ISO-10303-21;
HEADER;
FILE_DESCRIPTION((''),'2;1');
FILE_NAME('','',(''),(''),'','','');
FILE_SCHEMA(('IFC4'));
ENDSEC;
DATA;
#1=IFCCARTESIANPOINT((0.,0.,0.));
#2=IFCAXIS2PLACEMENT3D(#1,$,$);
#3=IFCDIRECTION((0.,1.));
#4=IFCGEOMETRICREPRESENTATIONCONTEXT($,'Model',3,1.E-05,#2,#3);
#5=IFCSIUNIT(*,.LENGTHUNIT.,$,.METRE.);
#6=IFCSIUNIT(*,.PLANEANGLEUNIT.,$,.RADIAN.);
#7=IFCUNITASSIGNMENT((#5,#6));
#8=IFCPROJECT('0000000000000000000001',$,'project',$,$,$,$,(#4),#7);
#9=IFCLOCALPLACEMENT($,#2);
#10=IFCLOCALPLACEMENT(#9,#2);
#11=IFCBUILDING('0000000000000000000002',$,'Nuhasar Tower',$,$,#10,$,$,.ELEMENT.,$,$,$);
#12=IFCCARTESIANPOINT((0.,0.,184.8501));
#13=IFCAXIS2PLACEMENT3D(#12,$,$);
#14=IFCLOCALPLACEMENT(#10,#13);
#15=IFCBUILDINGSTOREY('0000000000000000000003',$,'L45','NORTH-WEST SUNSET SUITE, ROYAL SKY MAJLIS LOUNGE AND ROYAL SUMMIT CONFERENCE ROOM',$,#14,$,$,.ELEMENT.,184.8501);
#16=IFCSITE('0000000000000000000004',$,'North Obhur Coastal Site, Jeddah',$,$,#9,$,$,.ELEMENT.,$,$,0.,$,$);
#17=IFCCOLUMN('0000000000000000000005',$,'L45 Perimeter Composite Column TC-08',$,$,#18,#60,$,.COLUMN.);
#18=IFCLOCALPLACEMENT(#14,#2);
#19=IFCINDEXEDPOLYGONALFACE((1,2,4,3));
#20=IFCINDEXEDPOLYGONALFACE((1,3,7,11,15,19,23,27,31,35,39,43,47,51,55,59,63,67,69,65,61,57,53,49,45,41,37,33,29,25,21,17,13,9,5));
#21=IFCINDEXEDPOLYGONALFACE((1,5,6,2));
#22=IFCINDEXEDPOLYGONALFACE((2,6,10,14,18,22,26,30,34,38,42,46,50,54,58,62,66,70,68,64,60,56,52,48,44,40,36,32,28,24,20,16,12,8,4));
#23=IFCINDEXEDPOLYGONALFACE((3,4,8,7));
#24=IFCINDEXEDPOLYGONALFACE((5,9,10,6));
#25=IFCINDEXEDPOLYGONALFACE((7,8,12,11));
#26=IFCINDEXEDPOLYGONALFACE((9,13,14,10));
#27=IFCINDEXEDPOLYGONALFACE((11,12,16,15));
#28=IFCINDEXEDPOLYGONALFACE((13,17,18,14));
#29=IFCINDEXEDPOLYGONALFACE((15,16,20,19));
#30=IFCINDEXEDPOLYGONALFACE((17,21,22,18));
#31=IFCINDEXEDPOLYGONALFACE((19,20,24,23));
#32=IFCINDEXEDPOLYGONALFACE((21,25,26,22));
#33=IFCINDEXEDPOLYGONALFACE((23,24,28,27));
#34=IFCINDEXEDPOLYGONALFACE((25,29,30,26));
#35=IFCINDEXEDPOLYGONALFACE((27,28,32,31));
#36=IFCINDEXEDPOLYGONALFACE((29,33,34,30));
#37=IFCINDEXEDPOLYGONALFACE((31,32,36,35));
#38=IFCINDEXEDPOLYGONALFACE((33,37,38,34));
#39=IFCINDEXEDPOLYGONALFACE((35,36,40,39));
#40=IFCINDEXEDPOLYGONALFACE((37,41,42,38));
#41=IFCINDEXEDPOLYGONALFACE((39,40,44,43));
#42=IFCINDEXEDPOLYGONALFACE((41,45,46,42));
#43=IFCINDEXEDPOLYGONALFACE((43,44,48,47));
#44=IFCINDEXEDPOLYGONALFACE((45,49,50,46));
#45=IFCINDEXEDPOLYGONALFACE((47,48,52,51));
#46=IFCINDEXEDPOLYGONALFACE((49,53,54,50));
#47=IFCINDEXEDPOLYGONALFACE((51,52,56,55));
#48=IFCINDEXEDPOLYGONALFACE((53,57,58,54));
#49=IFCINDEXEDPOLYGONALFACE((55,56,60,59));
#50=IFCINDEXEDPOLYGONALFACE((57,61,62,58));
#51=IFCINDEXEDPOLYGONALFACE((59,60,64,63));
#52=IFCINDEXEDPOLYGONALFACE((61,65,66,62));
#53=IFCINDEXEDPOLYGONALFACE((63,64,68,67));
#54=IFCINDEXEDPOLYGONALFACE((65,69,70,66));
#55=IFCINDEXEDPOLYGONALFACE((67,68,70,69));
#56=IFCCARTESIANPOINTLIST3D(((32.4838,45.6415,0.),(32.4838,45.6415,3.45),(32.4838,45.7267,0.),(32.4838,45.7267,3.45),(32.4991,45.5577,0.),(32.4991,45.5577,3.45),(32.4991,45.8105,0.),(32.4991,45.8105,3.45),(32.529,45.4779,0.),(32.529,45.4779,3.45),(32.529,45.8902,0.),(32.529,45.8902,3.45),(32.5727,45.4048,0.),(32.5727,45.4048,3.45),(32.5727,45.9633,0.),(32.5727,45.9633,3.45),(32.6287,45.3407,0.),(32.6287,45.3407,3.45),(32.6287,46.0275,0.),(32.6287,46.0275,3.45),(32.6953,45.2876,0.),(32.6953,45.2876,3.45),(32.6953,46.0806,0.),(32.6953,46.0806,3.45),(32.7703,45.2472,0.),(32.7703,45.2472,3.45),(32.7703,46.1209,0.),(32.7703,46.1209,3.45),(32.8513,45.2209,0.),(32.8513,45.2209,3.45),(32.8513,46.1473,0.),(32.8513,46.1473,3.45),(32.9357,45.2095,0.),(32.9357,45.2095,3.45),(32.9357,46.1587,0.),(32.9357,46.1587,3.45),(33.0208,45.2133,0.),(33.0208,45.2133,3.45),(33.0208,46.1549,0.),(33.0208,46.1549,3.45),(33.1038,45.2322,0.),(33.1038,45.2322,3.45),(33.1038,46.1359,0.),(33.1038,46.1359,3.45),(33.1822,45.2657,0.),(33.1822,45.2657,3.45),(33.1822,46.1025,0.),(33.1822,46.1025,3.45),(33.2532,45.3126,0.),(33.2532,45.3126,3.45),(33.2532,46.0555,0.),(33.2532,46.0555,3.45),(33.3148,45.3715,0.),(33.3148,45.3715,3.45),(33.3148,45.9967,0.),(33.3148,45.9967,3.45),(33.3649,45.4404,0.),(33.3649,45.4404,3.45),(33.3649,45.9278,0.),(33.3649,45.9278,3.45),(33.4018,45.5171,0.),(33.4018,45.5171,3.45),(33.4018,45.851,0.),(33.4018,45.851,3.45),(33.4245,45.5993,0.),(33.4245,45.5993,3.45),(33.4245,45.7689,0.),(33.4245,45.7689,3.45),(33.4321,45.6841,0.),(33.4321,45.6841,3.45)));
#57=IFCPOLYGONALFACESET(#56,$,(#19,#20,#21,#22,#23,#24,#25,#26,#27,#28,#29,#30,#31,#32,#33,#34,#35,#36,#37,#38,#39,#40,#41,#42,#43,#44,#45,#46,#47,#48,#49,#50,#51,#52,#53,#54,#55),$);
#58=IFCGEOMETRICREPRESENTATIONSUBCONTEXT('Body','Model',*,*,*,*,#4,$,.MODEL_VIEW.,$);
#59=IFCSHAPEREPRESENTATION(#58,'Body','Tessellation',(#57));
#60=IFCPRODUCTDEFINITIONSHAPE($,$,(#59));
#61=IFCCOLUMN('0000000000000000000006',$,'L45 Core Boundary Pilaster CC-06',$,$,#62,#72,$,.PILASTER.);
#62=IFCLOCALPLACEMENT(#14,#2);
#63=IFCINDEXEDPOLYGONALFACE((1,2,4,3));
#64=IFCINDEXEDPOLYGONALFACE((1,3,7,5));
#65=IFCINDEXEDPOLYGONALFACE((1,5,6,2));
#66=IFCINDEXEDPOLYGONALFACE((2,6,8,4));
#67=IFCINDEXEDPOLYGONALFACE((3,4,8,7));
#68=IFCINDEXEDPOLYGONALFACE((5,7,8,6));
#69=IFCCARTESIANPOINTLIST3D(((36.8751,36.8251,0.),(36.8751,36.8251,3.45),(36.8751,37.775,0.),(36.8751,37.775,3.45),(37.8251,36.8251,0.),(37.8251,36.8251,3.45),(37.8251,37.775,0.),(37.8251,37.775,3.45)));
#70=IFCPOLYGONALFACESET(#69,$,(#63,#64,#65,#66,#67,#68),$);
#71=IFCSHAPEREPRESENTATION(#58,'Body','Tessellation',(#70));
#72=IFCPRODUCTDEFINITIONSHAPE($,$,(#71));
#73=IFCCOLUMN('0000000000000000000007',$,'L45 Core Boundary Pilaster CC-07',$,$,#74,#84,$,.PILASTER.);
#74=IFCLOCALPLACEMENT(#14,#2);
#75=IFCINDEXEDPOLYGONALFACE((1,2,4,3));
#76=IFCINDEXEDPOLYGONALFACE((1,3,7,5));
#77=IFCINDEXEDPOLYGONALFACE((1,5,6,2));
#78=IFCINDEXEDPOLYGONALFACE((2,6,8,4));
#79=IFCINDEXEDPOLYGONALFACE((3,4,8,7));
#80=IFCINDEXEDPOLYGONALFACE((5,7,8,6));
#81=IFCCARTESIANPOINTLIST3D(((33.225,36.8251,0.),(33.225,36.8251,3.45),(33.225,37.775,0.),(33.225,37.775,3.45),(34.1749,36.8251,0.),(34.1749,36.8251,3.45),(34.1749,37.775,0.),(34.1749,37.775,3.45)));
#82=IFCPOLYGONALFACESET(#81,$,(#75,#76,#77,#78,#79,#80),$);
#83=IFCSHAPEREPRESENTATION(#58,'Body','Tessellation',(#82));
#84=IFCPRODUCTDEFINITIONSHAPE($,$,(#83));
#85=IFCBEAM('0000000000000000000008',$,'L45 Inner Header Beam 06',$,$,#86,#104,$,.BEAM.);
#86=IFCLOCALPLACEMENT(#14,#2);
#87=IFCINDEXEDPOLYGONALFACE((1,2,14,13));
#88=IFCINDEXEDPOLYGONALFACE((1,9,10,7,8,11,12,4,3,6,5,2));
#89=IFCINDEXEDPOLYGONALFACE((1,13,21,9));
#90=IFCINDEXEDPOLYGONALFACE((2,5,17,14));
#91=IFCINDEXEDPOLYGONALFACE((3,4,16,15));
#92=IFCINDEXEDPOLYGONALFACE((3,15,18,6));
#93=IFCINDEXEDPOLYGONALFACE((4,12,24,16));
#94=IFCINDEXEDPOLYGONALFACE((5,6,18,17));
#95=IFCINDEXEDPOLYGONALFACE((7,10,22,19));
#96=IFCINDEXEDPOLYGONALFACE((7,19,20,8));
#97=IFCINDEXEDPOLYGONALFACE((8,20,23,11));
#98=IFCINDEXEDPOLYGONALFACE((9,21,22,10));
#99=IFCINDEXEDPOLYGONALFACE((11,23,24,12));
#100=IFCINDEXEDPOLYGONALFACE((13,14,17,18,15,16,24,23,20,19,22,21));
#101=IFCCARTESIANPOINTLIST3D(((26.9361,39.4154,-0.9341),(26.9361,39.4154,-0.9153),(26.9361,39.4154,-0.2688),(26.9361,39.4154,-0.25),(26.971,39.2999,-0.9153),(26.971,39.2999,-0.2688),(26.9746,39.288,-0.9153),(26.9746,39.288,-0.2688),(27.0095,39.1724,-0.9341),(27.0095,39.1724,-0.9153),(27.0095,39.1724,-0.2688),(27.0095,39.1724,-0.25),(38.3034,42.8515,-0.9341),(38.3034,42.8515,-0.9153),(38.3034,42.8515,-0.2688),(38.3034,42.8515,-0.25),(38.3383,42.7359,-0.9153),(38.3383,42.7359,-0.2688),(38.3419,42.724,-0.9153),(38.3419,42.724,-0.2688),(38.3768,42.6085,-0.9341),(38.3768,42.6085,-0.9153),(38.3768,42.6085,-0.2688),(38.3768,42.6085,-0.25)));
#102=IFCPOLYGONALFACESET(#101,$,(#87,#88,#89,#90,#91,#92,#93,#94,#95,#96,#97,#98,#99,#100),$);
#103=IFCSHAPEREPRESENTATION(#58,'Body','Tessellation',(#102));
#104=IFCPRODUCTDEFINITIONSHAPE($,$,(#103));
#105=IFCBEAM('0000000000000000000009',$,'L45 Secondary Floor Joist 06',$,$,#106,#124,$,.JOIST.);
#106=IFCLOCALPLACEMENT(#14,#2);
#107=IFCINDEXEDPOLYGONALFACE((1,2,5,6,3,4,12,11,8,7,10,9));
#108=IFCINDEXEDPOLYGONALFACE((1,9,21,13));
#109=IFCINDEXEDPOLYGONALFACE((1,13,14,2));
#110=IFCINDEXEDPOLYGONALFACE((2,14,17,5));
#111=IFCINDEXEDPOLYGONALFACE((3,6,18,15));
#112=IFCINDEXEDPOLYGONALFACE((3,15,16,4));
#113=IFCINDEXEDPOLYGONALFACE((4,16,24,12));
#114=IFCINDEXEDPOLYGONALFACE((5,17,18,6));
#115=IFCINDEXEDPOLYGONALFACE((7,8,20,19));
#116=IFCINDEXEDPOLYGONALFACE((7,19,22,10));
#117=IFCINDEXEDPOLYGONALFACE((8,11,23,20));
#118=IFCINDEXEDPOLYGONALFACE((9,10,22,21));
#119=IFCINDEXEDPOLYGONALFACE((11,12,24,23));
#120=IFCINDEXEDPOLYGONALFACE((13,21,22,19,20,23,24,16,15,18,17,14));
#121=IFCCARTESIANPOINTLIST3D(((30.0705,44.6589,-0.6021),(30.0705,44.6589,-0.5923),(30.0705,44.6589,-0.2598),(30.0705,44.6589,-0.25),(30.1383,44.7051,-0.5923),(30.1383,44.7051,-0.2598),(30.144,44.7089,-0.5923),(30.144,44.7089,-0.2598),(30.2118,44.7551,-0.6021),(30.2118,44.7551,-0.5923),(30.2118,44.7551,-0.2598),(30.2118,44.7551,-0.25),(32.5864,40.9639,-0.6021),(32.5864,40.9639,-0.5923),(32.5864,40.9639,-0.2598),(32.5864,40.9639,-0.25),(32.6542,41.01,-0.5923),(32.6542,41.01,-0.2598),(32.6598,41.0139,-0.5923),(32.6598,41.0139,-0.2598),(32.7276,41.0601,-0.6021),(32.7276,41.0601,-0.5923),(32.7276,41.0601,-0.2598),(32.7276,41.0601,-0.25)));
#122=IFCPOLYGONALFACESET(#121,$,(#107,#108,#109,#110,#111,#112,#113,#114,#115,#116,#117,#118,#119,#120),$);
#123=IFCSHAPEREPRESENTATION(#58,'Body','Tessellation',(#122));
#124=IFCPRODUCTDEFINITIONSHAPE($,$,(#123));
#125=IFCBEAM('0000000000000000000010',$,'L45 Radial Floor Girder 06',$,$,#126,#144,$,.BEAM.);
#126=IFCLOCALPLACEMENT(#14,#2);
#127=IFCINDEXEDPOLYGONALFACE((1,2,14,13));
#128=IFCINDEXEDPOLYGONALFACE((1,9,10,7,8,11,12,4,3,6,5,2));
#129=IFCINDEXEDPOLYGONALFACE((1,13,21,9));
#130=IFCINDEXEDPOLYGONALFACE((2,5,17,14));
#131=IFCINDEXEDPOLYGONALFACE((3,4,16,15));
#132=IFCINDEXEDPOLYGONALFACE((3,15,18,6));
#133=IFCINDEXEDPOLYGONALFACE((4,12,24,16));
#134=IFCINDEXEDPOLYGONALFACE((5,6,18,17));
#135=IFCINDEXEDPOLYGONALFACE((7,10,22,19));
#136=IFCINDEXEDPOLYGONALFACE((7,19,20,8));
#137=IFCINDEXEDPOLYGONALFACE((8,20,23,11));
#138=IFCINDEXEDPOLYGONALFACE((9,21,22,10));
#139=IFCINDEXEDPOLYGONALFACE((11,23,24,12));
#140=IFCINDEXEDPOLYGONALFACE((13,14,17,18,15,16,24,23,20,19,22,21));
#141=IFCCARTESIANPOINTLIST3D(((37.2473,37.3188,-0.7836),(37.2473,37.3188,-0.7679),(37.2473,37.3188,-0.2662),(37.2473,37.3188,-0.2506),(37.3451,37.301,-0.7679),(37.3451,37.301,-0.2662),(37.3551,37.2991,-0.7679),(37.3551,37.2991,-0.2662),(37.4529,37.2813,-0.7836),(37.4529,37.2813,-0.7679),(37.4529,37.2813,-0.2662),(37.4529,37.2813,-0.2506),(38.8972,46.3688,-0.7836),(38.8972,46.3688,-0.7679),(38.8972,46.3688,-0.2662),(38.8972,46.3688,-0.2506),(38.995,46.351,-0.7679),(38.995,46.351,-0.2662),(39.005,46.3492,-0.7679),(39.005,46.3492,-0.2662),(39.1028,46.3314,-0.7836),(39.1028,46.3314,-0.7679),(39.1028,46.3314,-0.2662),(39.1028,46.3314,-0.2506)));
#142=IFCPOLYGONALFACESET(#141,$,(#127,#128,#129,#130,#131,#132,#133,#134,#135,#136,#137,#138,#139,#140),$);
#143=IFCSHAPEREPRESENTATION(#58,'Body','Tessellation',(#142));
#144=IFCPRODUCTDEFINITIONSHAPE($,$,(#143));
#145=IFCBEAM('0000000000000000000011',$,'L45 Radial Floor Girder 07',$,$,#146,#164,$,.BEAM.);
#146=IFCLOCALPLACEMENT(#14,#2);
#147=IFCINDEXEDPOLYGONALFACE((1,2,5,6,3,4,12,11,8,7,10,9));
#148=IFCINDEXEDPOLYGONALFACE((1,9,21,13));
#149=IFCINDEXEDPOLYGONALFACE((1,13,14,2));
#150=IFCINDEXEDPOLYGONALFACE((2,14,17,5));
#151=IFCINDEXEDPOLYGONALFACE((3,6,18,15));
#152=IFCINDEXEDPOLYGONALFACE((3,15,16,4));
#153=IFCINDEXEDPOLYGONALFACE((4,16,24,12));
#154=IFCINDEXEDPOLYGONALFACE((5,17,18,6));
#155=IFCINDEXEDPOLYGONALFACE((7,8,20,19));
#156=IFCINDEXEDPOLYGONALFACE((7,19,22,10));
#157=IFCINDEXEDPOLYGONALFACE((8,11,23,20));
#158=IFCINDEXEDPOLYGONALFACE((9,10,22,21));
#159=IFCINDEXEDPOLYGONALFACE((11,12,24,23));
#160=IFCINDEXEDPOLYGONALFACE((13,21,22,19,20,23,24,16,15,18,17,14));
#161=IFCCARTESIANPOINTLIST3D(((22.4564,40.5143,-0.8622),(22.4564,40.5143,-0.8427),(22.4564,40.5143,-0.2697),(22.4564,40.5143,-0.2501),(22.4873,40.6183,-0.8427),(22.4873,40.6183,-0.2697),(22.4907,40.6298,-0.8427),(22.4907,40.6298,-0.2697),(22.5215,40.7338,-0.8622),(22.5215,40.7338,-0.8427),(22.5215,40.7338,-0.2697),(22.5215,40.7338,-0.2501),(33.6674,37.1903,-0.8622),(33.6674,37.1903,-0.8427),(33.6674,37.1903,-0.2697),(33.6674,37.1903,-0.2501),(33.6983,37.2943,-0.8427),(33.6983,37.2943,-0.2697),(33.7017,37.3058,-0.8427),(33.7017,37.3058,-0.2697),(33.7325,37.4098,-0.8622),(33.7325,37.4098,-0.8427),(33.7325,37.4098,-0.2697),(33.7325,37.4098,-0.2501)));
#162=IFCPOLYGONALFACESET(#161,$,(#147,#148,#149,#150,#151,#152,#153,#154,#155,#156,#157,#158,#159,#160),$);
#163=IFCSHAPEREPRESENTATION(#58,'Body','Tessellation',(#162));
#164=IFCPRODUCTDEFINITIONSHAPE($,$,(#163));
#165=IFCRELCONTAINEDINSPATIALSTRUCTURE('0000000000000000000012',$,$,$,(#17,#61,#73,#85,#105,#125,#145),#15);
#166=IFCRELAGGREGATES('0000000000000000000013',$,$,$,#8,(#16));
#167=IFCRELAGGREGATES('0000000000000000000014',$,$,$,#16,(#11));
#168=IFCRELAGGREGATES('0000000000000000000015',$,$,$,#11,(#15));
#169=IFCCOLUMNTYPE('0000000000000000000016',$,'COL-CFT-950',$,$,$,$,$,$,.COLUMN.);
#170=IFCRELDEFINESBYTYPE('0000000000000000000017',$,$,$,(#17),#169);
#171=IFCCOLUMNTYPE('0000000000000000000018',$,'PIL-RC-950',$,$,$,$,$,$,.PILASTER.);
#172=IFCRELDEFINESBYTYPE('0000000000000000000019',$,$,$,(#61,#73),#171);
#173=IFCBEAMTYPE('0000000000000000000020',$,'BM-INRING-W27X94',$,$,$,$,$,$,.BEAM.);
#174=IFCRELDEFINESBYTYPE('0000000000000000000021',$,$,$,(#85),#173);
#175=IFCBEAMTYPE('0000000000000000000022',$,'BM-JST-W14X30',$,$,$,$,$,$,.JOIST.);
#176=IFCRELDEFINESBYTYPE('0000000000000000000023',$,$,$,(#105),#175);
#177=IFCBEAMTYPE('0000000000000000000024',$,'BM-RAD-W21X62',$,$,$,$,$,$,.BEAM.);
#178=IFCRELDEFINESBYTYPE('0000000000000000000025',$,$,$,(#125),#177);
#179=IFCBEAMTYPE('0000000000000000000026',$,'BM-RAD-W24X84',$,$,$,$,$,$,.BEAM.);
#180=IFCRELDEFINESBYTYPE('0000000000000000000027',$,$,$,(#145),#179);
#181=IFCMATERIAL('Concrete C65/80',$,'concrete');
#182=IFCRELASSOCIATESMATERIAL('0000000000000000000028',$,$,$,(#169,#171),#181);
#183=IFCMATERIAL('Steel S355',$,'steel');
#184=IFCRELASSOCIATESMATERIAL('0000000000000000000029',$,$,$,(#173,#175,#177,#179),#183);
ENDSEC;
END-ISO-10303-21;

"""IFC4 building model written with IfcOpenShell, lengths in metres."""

from ifc_helpers import new_model, si_unit, direction, frame, origin, origin_2d, place, context, subcontext, project, spatial, rectangle, circle, i_section, extrude, material, material_profile, profile_set, type_object, element, save


model = new_model("IFC4")

# Units and contexts
model_context = context("Model", 3, precision=1e-05, world=origin(), true_north=direction((0.0, 1.0)))
body_context = subcontext(model_context, "Body", "Model", "MODEL_VIEW")
ifc_project = project(units=[si_unit("LENGTHUNIT", "METRE"), si_unit("PLANEANGLEUNIT", "RADIAN")], contexts=[model_context])

# Site, building, storey
site_placement = place(None, origin())
site = spatial("IfcSite", under=ifc_project, at=site_placement, Name="North Obhur Coastal Site, Jeddah", CompositionType="ELEMENT", RefElevation=0.0)
building_placement = place(site_placement, origin())
building = spatial("IfcBuilding", under=site, at=building_placement, Name="Nuhasar Tower", CompositionType="ELEMENT")
storey_placement = place(building_placement, frame((0.0, 0.0, 184.8501)))
storey = spatial("IfcBuildingStorey", under=building, at=storey_placement, Name="L45", Description="NORTH-WEST SUNSET SUITE, ROYAL SKY MAJLIS LOUNGE AND ROYAL SUMMIT CONFERENCE ROOM", CompositionType="ELEMENT", Elevation=184.8501)

# Columns
ifc_material_1 = material(Name="Concrete C65/80", Category="concrete")
ifc_material_profile_1 = material_profile(ifc_material_1, circle(Radius=0.4751, at=origin_2d()), Name="CFT950")
ifc_profile_set_1 = profile_set([ifc_material_profile_1], Name="Concrete C65/80")
column_type_1 = type_object("IfcColumnType", Name="COL-CFT-950", PredefinedType="COLUMN", material=ifc_profile_set_1)
column_placement = place(storey_placement, frame((32.957, 45.6841, 0.0), z_axis=(0.0, 0.0, 1.0), x_axis=(1.0, 0.0, 0.0)))
element("IfcColumn", 1, at=column_placement, inside=storey, type_object=column_type_1, Name="L45 Perimeter Composite Column TC-08", PredefinedType="COLUMN", context=body_context, shape_type="SweptSolid", body=[
    extrude(circle(Radius=0.4751, at=origin_2d()), origin(), (0.0, 0.0, 1.0), 3.45),
])
ifc_material_profile_2 = material_profile(ifc_material_1, rectangle(XDim=0.95, YDim=0.95, at=origin_2d()), Name="RC950X950")
ifc_profile_set_2 = profile_set([ifc_material_profile_2], Name="Concrete C65/80")
column_type_2 = type_object("IfcColumnType", Name="PIL-RC-950", PredefinedType="PILASTER", material=ifc_profile_set_2)
for number, where, z_axis, x_axis, name in (
    (2, (37.3501, 37.3, 0.0), (0.0, 0.0, 1.0), (1.0, 0.0, 0.0), "L45 Core Boundary Pilaster CC-06"),
    (3, (33.7, 37.3, 0.0), (0.0, 0.0, 1.0), (1.0, 0.0, 0.0), "L45 Core Boundary Pilaster CC-07"),
):
    element("IfcColumn", number, at=place(storey_placement, frame(where, z_axis=z_axis, x_axis=x_axis)), inside=storey, type_object=column_type_2, Name=name, PredefinedType="PILASTER", context=body_context, shape_type="SweptSolid", body=[
        extrude(rectangle(XDim=0.95, YDim=0.95, at=origin_2d()), origin(), (0.0, 0.0, 1.0), 3.45),
    ])

# Beams
ifc_material_2 = material(Name="Steel S355", Category="steel")
ifc_material_profile_3 = material_profile(ifc_material_2, i_section(OverallWidth=0.2539, OverallDepth=0.6841, WebThickness=0.0125, FlangeThickness=0.0188, at=origin_2d()), Name="W27X94")
ifc_profile_set_3 = profile_set([ifc_material_profile_3], Name="Steel S355")
beam_type_1 = type_object("IfcBeamType", Name="BM-INRING-W27X94", PredefinedType="BEAM", material=ifc_profile_set_3)
beam_1_placement = place(storey_placement, frame((38.3401, 42.73, -0.592), z_axis=(-0.957224, -0.289347, 0.0), x_axis=(0.289347, -0.957224, 0.0)))
element("IfcBeam", 4, at=beam_1_placement, inside=storey, type_object=beam_type_1, Name="L45 Inner Header Beam 06", PredefinedType="BEAM", context=body_context, shape_type="SweptSolid", body=[
    extrude(i_section(OverallWidth=0.2539, OverallDepth=0.6841, WebThickness=0.0125, FlangeThickness=0.0188, at=origin_2d()), origin(), (0.0, 0.0, 1.0), 11.8752),
])
ifc_material_profile_4 = material_profile(ifc_material_2, i_section(OverallWidth=0.1709, OverallDepth=0.3521, WebThickness=0.0068, FlangeThickness=0.0098, at=origin_2d()), Name="W14X30")
ifc_profile_set_4 = profile_set([ifc_material_profile_4], Name="Steel S355")
beam_type_2 = type_object("IfcBeamType", Name="BM-JST-W14X30", PredefinedType="JOIST", material=ifc_profile_set_4)
beam_2_placement = place(storey_placement, frame((32.657, 41.012, -0.426), z_axis=(-0.562803, 0.826591, 0.0), x_axis=(-0.826591, -0.562803, 0.0)))
element("IfcBeam", 5, at=beam_2_placement, inside=storey, type_object=beam_type_2, Name="L45 Secondary Floor Joist 06", PredefinedType="JOIST", context=body_context, shape_type="SweptSolid", body=[
    extrude(i_section(OverallWidth=0.1709, OverallDepth=0.3521, WebThickness=0.0068, FlangeThickness=0.0098, at=origin_2d()), origin(), (0.0, 0.0, 1.0), 4.4702),
])
ifc_material_profile_5 = material_profile(ifc_material_2, i_section(OverallWidth=0.209, OverallDepth=0.533, WebThickness=0.0103, FlangeThickness=0.0156, at=origin_2d()), Name="W21X62")
ifc_profile_set_5 = profile_set([ifc_material_profile_5], Name="Steel S355")
beam_type_3 = type_object("IfcBeamType", Name="BM-RAD-W21X62", PredefinedType="BEAM", material=ifc_profile_set_5)
beam_3_placement = place(storey_placement, frame((37.3501, 37.3, -0.5171), z_axis=(0.179353, 0.983785, 0.0), x_axis=(-0.983785, 0.179353, 0.0)))
element("IfcBeam", 6, at=beam_3_placement, inside=storey, type_object=beam_type_3, Name="L45 Radial Floor Girder 06", PredefinedType="BEAM", context=body_context, shape_type="SweptSolid", body=[
    extrude(i_section(OverallWidth=0.209, OverallDepth=0.533, WebThickness=0.0103, FlangeThickness=0.0156, at=origin_2d()), origin(), (0.0, 0.0, 1.0), 9.1992),
])
ifc_material_profile_6 = material_profile(ifc_material_2, i_section(OverallWidth=0.229, OverallDepth=0.6121, WebThickness=0.012, FlangeThickness=0.0195, at=origin_2d()), Name="W24X84")
ifc_profile_set_6 = profile_set([ifc_material_profile_6], Name="Steel S355")
beam_type_4 = type_object("IfcBeamType", Name="BM-RAD-W24X84", PredefinedType="BEAM", material=ifc_profile_set_6)
beam_4_placement = place(storey_placement, frame((33.7, 37.3, -0.5562), z_axis=(-0.958746, 0.284262, 0.0), x_axis=(-0.284262, -0.958746, 0.0)))
element("IfcBeam", 7, at=beam_4_placement, inside=storey, type_object=beam_type_4, Name="L45 Radial Floor Girder 07", PredefinedType="BEAM", context=body_context, shape_type="SweptSolid", body=[
    extrude(i_section(OverallWidth=0.229, OverallDepth=0.6121, WebThickness=0.012, FlangeThickness=0.0195, at=origin_2d()), origin(), (0.0, 0.0, 1.0), 11.6934),
])

save(model, "model.ifc")
